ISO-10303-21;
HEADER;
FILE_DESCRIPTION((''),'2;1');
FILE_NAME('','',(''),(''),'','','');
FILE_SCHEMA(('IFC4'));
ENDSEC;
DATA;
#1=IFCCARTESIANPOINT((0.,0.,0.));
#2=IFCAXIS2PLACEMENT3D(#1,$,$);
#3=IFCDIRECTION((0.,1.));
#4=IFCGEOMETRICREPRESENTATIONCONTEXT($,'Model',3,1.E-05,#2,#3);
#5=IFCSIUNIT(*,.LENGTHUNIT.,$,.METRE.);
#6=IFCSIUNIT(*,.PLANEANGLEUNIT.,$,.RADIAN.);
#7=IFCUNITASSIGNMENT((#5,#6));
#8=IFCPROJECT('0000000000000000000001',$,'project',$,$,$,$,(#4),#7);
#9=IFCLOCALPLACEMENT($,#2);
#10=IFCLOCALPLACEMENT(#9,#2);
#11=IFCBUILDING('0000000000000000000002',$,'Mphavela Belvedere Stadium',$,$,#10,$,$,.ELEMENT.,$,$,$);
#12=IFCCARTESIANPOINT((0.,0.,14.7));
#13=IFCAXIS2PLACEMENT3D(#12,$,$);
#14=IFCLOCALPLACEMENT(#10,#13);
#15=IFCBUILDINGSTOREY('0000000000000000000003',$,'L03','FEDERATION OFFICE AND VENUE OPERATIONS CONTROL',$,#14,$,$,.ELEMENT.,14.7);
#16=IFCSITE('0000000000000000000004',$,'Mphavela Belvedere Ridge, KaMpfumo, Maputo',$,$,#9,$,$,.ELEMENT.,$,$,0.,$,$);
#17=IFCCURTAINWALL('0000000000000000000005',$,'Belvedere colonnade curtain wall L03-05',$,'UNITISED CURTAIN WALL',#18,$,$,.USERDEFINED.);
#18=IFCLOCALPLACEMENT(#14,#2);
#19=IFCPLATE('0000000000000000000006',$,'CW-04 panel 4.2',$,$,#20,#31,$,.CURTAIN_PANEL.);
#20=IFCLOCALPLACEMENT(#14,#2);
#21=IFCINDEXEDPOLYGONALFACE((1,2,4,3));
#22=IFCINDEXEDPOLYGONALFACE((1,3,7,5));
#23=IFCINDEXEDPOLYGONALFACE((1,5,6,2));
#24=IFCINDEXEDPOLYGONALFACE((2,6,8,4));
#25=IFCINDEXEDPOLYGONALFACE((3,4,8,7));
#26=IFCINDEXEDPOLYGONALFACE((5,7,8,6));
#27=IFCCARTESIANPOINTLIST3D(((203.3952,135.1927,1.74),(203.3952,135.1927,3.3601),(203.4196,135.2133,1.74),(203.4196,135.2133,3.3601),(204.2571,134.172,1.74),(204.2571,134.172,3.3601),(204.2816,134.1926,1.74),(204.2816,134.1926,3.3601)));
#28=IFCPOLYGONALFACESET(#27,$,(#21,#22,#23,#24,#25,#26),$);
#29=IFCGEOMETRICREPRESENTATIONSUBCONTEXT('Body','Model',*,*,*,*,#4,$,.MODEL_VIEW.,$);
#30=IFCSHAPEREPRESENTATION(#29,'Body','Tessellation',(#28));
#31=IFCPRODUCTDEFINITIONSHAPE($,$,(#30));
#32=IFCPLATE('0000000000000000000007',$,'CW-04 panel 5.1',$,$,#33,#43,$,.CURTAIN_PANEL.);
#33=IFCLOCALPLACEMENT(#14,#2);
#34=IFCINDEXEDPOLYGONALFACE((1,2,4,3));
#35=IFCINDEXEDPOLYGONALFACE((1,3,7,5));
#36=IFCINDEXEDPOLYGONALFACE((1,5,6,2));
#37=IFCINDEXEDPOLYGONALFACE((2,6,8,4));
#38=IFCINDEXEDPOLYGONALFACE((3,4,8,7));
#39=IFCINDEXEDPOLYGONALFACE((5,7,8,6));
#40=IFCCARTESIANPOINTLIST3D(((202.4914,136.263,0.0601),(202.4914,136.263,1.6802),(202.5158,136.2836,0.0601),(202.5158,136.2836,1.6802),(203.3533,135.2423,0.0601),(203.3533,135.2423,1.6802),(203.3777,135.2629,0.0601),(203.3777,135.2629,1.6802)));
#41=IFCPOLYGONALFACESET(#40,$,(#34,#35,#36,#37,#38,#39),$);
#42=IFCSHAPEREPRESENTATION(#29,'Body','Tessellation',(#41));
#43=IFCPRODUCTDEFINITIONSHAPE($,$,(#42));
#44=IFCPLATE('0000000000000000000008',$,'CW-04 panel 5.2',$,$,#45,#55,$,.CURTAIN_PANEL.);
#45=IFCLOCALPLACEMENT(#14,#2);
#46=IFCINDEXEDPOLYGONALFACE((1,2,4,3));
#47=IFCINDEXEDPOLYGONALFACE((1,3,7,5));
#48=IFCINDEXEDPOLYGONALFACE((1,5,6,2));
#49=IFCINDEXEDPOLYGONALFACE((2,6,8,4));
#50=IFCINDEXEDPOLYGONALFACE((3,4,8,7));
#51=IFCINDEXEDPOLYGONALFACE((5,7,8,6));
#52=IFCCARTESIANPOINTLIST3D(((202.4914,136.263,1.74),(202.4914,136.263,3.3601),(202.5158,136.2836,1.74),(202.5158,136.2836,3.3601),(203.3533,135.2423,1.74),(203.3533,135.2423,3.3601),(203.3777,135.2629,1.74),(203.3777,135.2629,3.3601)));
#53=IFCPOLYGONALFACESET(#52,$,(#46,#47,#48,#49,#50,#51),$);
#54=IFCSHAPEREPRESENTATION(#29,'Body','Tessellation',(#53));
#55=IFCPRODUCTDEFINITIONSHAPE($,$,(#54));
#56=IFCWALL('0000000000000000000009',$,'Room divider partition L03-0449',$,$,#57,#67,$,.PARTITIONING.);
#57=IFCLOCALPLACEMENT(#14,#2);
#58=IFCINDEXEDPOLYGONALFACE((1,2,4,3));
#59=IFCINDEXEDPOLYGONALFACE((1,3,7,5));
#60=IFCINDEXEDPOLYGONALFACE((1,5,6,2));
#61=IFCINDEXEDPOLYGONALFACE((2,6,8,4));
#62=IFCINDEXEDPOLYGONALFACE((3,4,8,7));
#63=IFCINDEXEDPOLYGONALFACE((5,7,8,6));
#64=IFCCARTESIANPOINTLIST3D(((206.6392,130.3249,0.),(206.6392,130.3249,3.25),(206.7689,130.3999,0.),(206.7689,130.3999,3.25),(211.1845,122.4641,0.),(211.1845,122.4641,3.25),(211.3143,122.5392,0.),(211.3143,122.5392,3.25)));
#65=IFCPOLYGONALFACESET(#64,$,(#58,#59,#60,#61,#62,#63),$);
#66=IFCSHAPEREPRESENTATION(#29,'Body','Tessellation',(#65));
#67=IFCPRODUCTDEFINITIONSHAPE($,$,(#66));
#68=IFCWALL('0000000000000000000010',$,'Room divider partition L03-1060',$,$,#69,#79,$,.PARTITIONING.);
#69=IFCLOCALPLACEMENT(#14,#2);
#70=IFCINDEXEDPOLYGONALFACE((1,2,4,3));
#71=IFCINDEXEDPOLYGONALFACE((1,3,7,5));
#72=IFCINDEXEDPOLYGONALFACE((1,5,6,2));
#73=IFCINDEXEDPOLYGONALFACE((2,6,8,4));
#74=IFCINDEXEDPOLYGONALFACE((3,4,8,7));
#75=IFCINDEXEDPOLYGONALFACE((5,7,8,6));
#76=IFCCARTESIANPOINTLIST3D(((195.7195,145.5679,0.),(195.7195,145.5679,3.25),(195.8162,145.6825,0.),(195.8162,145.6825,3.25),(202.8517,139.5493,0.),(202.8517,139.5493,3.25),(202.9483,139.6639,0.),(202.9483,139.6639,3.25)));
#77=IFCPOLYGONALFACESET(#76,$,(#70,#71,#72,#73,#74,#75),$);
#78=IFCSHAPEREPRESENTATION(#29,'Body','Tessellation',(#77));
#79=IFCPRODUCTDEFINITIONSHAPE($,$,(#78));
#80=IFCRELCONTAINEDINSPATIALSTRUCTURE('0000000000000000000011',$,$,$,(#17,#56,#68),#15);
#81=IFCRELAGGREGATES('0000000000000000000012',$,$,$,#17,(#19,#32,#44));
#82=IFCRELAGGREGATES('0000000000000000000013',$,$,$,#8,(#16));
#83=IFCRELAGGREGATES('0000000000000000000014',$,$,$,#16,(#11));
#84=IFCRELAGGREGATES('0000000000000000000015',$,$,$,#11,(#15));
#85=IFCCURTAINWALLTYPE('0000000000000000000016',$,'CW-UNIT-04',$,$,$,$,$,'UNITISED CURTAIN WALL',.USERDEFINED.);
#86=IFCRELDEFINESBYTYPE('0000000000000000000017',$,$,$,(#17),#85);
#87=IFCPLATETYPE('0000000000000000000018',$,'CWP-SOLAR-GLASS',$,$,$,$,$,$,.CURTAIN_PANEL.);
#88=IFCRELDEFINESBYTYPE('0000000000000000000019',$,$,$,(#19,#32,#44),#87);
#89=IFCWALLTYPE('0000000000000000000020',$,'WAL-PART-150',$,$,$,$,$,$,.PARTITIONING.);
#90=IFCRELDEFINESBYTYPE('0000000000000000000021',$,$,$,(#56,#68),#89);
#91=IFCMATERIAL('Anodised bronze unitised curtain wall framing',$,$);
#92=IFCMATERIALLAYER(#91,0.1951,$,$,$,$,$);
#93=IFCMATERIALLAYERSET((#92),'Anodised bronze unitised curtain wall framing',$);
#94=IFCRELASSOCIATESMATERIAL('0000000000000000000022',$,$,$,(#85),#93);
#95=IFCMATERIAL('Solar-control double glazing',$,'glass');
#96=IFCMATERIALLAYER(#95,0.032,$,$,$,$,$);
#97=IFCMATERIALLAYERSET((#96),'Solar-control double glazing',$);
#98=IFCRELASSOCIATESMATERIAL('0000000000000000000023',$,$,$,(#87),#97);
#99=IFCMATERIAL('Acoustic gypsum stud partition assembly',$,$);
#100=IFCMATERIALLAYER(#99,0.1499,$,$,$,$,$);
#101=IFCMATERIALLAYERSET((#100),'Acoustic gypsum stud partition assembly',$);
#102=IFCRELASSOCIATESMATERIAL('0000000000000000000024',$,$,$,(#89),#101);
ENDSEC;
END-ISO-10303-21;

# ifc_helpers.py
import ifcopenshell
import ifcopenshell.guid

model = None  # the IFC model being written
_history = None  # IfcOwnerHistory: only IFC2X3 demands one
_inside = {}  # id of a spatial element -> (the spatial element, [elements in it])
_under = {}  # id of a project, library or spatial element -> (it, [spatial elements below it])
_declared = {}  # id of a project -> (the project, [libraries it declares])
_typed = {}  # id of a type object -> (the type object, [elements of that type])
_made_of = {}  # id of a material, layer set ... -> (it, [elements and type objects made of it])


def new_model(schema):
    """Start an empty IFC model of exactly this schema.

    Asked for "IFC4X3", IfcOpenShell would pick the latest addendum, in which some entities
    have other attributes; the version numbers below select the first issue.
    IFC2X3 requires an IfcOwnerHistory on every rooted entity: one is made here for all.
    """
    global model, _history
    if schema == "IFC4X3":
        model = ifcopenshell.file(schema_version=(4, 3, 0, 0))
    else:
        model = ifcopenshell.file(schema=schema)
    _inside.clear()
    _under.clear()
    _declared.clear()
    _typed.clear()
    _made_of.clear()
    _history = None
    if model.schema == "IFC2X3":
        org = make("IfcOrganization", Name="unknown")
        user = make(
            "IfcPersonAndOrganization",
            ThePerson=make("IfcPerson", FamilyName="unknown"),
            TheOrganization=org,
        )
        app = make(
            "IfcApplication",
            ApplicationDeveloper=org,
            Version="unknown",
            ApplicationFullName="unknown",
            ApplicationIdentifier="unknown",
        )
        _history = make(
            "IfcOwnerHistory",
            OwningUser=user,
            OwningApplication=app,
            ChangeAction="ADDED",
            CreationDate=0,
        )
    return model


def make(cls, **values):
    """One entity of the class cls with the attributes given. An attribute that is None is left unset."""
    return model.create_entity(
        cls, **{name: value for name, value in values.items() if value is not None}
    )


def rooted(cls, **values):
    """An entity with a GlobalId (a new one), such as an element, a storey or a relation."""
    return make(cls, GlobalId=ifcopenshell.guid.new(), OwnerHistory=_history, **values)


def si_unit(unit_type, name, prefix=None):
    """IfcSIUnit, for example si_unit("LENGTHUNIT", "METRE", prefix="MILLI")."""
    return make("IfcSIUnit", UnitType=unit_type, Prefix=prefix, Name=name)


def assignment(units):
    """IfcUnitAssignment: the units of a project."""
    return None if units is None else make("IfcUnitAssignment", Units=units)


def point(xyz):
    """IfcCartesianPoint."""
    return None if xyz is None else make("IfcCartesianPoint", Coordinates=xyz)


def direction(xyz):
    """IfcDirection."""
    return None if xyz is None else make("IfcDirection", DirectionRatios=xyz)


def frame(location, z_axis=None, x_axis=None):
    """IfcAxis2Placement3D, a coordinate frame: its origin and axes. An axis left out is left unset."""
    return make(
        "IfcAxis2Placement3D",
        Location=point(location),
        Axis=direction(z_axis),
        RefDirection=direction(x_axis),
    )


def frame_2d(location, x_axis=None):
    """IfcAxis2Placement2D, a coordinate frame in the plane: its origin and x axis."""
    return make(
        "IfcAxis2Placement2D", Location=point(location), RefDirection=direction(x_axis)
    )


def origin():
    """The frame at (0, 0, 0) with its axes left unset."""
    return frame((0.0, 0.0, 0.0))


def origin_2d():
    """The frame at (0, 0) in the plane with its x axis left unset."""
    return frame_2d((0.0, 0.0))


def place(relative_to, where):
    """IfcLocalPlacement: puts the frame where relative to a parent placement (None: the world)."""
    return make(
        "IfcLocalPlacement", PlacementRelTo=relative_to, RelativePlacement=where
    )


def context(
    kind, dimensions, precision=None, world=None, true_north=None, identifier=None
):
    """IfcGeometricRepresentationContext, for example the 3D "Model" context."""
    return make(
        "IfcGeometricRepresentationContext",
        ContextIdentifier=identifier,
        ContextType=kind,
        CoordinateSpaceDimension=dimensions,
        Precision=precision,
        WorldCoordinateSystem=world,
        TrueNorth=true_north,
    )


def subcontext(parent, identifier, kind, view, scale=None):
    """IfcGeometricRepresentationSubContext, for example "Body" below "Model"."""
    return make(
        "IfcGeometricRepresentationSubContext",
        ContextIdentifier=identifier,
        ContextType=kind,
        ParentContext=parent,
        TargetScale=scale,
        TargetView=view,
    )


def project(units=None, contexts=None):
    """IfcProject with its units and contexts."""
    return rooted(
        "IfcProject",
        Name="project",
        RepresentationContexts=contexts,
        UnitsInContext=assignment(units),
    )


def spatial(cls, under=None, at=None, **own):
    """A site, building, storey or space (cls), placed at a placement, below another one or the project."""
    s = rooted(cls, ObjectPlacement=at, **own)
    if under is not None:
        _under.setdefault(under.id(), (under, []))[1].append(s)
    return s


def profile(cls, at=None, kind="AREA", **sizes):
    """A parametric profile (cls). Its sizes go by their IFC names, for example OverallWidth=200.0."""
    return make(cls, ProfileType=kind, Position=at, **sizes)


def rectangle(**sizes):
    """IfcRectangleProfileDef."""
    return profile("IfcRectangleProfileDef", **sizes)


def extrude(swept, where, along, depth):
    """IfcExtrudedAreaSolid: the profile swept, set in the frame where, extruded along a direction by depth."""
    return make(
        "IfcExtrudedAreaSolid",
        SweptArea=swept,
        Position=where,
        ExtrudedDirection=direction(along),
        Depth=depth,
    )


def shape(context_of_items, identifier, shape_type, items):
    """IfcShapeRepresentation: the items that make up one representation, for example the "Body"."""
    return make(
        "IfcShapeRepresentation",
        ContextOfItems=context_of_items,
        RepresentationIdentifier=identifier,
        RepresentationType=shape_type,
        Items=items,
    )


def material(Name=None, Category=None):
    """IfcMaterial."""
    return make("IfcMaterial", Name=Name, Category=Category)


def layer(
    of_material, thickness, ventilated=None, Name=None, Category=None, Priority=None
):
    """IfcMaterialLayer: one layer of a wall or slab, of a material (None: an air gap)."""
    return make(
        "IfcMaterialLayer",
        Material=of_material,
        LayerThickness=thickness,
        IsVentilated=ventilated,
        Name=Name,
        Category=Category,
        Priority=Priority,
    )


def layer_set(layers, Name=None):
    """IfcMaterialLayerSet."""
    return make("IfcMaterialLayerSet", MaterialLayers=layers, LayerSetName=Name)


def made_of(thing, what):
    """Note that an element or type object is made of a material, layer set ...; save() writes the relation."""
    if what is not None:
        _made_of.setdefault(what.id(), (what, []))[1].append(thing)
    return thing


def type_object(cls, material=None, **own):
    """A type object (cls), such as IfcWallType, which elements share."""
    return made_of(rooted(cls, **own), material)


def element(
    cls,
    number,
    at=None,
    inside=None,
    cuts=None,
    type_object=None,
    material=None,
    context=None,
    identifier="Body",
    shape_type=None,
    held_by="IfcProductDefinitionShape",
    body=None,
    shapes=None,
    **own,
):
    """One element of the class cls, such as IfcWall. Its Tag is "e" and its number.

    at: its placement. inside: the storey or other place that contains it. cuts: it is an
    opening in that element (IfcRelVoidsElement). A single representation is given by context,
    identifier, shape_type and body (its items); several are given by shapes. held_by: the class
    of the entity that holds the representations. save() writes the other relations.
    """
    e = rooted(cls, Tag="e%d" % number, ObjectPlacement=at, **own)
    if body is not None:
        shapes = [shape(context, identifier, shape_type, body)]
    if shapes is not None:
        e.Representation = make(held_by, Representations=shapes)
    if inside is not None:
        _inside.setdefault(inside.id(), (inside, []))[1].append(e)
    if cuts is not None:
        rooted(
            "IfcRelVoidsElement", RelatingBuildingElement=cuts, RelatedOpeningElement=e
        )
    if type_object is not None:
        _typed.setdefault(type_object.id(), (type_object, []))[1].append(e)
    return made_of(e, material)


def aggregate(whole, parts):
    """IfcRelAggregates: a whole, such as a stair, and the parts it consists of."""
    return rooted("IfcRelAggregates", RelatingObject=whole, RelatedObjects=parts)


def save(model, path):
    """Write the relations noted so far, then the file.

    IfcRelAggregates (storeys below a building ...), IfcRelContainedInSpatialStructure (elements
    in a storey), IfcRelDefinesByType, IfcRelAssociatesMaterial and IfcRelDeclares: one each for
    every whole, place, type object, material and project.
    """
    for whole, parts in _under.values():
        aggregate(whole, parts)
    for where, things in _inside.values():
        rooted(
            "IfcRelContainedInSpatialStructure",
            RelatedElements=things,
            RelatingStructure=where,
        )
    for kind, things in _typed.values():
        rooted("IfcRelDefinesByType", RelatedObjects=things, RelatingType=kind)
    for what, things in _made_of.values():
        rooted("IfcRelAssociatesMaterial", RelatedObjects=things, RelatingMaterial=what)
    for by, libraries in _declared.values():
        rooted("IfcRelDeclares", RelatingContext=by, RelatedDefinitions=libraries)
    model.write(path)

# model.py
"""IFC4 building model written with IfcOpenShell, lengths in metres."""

from ifc_helpers import new_model, si_unit, direction, frame, frame_2d, origin, origin_2d, place, context, subcontext, project, spatial, rectangle, extrude, material, layer, layer_set, type_object, element, aggregate, save


model = new_model("IFC4")

# Units and contexts
model_context = context("Model", 3, precision=1e-05, world=origin(), true_north=direction((0.0, 1.0)))
body_context = subcontext(model_context, "Body", "Model", "MODEL_VIEW")
ifc_project = project(units=[si_unit("LENGTHUNIT", "METRE"), si_unit("PLANEANGLEUNIT", "RADIAN")], contexts=[model_context])

# Site, building, storey
site_placement = place(None, origin())
site = spatial("IfcSite", under=ifc_project, at=site_placement, Name="Mphavela Belvedere Ridge, KaMpfumo, Maputo", CompositionType="ELEMENT", RefElevation=0.0)
building_placement = place(site_placement, origin())
building = spatial("IfcBuilding", under=site, at=building_placement, Name="Mphavela Belvedere Stadium", CompositionType="ELEMENT")
storey_placement = place(building_placement, frame((0.0, 0.0, 14.7)))
storey = spatial("IfcBuildingStorey", under=building, at=storey_placement, Name="L03", Description="FEDERATION OFFICE AND VENUE OPERATIONS CONTROL", CompositionType="ELEMENT", Elevation=14.7)

# Curtain wall, plates
ifc_material_1 = material(Name="Anodised bronze unitised curtain wall framing")
ifc_layer_1 = layer(ifc_material_1, 0.1951)
ifc_layer_set_1 = layer_set([ifc_layer_1], Name="Anodised bronze unitised curtain wall framing")
curtain_wall_type = type_object("IfcCurtainWallType", Name="CW-UNIT-04", ElementType="UNITISED CURTAIN WALL", PredefinedType="USERDEFINED", material=ifc_layer_set_1)
curtain_wall_placement = place(storey_placement, origin())
curtain_wall = element("IfcCurtainWall", 1, at=curtain_wall_placement, inside=storey, type_object=curtain_wall_type, Name="Belvedere colonnade curtain wall L03-05", ObjectType="UNITISED CURTAIN WALL", PredefinedType="USERDEFINED")
ifc_material_2 = material(Name="Solar-control double glazing", Category="glass")
ifc_layer_2 = layer(ifc_material_2, 0.032)
ifc_layer_set_2 = layer_set([ifc_layer_2], Name="Solar-control double glazing")
plate_type = type_object("IfcPlateType", Name="CWP-SOLAR-GLASS", PredefinedType="CURTAIN_PANEL", material=ifc_layer_set_2)
plate_1_placement = place(storey_placement, frame((203.8384, 134.6926, 1.74), z_axis=(0.0, 0.0, 1.0), x_axis=(-0.645179, 0.764031, 0.0)))
plate_1 = element("IfcPlate", 2, at=plate_1_placement, type_object=plate_type, Name="CW-04 panel 4.2", PredefinedType="CURTAIN_PANEL", context=body_context, shape_type="SweptSolid", body=[
    extrude(rectangle(XDim=1.3359, YDim=0.032, at=origin_2d()), origin(), (0.0, 0.0, 1.0), 1.6201),
])
plate_2_placement = place(storey_placement, frame((202.9346, 135.7629, 0.0601), z_axis=(0.0, 0.0, 1.0), x_axis=(-0.645179, 0.764031, 0.0)))
plate_2 = element("IfcPlate", 3, at=plate_2_placement, type_object=plate_type, Name="CW-04 panel 5.1", PredefinedType="CURTAIN_PANEL", context=body_context, shape_type="SweptSolid", body=[
    extrude(rectangle(XDim=1.3359, YDim=0.032, at=origin_2d()), origin(), (0.0, 0.0, 1.0), 1.6201),
])
plate_3_placement = place(storey_placement, frame((202.9346, 135.7629, 1.74), z_axis=(0.0, 0.0, 1.0), x_axis=(-0.645179, 0.764031, 0.0)))
plate_3 = element("IfcPlate", 4, at=plate_3_placement, type_object=plate_type, Name="CW-04 panel 5.2", PredefinedType="CURTAIN_PANEL", context=body_context, shape_type="SweptSolid", body=[
    extrude(rectangle(XDim=1.3359, YDim=0.032, at=origin_2d()), origin(), (0.0, 0.0, 1.0), 1.6201),
])
aggregate(curtain_wall, [plate_1, plate_2, plate_3])

# Walls
ifc_material_3 = material(Name="Acoustic gypsum stud partition assembly")
ifc_layer_3 = layer(ifc_material_3, 0.1499)
ifc_layer_set_3 = layer_set([ifc_layer_3], Name="Acoustic gypsum stud partition assembly")
wall_type = type_object("IfcWallType", Name="WAL-PART-150", PredefinedType="PARTITIONING", material=ifc_layer_set_3)
wall_1_placement = place(storey_placement, frame((206.7041, 130.3623, 0.0), z_axis=(0.0, 0.0, 1.0), x_axis=(0.500574, -0.865694, 0.0)))
element("IfcWall", 5, at=wall_1_placement, inside=storey, type_object=wall_type, Name="Room divider partition L03-0449", PredefinedType="PARTITIONING", context=body_context, shape_type="SweptSolid", body=[
    extrude(rectangle(XDim=9.0803, YDim=0.1499, at=frame_2d((4.54, 0.0))), origin(), (0.0, 0.0, 1.0), 3.25),
])
wall_2_placement = place(storey_placement, frame((202.8999, 139.6067, 0.0), z_axis=(0.0, 0.0, 1.0), x_axis=(-0.764246, 0.644925, 0.0)))
element("IfcWall", 6, at=wall_2_placement, inside=storey, type_object=wall_type, Name="Room divider partition L03-1060", PredefinedType="PARTITIONING", context=body_context, shape_type="SweptSolid", body=[
    extrude(rectangle(XDim=9.3323, YDim=0.1499, at=frame_2d((4.666, 0.0))), origin(), (0.0, 0.0, 1.0), 3.25),
])

save(model, "model.ifc")
